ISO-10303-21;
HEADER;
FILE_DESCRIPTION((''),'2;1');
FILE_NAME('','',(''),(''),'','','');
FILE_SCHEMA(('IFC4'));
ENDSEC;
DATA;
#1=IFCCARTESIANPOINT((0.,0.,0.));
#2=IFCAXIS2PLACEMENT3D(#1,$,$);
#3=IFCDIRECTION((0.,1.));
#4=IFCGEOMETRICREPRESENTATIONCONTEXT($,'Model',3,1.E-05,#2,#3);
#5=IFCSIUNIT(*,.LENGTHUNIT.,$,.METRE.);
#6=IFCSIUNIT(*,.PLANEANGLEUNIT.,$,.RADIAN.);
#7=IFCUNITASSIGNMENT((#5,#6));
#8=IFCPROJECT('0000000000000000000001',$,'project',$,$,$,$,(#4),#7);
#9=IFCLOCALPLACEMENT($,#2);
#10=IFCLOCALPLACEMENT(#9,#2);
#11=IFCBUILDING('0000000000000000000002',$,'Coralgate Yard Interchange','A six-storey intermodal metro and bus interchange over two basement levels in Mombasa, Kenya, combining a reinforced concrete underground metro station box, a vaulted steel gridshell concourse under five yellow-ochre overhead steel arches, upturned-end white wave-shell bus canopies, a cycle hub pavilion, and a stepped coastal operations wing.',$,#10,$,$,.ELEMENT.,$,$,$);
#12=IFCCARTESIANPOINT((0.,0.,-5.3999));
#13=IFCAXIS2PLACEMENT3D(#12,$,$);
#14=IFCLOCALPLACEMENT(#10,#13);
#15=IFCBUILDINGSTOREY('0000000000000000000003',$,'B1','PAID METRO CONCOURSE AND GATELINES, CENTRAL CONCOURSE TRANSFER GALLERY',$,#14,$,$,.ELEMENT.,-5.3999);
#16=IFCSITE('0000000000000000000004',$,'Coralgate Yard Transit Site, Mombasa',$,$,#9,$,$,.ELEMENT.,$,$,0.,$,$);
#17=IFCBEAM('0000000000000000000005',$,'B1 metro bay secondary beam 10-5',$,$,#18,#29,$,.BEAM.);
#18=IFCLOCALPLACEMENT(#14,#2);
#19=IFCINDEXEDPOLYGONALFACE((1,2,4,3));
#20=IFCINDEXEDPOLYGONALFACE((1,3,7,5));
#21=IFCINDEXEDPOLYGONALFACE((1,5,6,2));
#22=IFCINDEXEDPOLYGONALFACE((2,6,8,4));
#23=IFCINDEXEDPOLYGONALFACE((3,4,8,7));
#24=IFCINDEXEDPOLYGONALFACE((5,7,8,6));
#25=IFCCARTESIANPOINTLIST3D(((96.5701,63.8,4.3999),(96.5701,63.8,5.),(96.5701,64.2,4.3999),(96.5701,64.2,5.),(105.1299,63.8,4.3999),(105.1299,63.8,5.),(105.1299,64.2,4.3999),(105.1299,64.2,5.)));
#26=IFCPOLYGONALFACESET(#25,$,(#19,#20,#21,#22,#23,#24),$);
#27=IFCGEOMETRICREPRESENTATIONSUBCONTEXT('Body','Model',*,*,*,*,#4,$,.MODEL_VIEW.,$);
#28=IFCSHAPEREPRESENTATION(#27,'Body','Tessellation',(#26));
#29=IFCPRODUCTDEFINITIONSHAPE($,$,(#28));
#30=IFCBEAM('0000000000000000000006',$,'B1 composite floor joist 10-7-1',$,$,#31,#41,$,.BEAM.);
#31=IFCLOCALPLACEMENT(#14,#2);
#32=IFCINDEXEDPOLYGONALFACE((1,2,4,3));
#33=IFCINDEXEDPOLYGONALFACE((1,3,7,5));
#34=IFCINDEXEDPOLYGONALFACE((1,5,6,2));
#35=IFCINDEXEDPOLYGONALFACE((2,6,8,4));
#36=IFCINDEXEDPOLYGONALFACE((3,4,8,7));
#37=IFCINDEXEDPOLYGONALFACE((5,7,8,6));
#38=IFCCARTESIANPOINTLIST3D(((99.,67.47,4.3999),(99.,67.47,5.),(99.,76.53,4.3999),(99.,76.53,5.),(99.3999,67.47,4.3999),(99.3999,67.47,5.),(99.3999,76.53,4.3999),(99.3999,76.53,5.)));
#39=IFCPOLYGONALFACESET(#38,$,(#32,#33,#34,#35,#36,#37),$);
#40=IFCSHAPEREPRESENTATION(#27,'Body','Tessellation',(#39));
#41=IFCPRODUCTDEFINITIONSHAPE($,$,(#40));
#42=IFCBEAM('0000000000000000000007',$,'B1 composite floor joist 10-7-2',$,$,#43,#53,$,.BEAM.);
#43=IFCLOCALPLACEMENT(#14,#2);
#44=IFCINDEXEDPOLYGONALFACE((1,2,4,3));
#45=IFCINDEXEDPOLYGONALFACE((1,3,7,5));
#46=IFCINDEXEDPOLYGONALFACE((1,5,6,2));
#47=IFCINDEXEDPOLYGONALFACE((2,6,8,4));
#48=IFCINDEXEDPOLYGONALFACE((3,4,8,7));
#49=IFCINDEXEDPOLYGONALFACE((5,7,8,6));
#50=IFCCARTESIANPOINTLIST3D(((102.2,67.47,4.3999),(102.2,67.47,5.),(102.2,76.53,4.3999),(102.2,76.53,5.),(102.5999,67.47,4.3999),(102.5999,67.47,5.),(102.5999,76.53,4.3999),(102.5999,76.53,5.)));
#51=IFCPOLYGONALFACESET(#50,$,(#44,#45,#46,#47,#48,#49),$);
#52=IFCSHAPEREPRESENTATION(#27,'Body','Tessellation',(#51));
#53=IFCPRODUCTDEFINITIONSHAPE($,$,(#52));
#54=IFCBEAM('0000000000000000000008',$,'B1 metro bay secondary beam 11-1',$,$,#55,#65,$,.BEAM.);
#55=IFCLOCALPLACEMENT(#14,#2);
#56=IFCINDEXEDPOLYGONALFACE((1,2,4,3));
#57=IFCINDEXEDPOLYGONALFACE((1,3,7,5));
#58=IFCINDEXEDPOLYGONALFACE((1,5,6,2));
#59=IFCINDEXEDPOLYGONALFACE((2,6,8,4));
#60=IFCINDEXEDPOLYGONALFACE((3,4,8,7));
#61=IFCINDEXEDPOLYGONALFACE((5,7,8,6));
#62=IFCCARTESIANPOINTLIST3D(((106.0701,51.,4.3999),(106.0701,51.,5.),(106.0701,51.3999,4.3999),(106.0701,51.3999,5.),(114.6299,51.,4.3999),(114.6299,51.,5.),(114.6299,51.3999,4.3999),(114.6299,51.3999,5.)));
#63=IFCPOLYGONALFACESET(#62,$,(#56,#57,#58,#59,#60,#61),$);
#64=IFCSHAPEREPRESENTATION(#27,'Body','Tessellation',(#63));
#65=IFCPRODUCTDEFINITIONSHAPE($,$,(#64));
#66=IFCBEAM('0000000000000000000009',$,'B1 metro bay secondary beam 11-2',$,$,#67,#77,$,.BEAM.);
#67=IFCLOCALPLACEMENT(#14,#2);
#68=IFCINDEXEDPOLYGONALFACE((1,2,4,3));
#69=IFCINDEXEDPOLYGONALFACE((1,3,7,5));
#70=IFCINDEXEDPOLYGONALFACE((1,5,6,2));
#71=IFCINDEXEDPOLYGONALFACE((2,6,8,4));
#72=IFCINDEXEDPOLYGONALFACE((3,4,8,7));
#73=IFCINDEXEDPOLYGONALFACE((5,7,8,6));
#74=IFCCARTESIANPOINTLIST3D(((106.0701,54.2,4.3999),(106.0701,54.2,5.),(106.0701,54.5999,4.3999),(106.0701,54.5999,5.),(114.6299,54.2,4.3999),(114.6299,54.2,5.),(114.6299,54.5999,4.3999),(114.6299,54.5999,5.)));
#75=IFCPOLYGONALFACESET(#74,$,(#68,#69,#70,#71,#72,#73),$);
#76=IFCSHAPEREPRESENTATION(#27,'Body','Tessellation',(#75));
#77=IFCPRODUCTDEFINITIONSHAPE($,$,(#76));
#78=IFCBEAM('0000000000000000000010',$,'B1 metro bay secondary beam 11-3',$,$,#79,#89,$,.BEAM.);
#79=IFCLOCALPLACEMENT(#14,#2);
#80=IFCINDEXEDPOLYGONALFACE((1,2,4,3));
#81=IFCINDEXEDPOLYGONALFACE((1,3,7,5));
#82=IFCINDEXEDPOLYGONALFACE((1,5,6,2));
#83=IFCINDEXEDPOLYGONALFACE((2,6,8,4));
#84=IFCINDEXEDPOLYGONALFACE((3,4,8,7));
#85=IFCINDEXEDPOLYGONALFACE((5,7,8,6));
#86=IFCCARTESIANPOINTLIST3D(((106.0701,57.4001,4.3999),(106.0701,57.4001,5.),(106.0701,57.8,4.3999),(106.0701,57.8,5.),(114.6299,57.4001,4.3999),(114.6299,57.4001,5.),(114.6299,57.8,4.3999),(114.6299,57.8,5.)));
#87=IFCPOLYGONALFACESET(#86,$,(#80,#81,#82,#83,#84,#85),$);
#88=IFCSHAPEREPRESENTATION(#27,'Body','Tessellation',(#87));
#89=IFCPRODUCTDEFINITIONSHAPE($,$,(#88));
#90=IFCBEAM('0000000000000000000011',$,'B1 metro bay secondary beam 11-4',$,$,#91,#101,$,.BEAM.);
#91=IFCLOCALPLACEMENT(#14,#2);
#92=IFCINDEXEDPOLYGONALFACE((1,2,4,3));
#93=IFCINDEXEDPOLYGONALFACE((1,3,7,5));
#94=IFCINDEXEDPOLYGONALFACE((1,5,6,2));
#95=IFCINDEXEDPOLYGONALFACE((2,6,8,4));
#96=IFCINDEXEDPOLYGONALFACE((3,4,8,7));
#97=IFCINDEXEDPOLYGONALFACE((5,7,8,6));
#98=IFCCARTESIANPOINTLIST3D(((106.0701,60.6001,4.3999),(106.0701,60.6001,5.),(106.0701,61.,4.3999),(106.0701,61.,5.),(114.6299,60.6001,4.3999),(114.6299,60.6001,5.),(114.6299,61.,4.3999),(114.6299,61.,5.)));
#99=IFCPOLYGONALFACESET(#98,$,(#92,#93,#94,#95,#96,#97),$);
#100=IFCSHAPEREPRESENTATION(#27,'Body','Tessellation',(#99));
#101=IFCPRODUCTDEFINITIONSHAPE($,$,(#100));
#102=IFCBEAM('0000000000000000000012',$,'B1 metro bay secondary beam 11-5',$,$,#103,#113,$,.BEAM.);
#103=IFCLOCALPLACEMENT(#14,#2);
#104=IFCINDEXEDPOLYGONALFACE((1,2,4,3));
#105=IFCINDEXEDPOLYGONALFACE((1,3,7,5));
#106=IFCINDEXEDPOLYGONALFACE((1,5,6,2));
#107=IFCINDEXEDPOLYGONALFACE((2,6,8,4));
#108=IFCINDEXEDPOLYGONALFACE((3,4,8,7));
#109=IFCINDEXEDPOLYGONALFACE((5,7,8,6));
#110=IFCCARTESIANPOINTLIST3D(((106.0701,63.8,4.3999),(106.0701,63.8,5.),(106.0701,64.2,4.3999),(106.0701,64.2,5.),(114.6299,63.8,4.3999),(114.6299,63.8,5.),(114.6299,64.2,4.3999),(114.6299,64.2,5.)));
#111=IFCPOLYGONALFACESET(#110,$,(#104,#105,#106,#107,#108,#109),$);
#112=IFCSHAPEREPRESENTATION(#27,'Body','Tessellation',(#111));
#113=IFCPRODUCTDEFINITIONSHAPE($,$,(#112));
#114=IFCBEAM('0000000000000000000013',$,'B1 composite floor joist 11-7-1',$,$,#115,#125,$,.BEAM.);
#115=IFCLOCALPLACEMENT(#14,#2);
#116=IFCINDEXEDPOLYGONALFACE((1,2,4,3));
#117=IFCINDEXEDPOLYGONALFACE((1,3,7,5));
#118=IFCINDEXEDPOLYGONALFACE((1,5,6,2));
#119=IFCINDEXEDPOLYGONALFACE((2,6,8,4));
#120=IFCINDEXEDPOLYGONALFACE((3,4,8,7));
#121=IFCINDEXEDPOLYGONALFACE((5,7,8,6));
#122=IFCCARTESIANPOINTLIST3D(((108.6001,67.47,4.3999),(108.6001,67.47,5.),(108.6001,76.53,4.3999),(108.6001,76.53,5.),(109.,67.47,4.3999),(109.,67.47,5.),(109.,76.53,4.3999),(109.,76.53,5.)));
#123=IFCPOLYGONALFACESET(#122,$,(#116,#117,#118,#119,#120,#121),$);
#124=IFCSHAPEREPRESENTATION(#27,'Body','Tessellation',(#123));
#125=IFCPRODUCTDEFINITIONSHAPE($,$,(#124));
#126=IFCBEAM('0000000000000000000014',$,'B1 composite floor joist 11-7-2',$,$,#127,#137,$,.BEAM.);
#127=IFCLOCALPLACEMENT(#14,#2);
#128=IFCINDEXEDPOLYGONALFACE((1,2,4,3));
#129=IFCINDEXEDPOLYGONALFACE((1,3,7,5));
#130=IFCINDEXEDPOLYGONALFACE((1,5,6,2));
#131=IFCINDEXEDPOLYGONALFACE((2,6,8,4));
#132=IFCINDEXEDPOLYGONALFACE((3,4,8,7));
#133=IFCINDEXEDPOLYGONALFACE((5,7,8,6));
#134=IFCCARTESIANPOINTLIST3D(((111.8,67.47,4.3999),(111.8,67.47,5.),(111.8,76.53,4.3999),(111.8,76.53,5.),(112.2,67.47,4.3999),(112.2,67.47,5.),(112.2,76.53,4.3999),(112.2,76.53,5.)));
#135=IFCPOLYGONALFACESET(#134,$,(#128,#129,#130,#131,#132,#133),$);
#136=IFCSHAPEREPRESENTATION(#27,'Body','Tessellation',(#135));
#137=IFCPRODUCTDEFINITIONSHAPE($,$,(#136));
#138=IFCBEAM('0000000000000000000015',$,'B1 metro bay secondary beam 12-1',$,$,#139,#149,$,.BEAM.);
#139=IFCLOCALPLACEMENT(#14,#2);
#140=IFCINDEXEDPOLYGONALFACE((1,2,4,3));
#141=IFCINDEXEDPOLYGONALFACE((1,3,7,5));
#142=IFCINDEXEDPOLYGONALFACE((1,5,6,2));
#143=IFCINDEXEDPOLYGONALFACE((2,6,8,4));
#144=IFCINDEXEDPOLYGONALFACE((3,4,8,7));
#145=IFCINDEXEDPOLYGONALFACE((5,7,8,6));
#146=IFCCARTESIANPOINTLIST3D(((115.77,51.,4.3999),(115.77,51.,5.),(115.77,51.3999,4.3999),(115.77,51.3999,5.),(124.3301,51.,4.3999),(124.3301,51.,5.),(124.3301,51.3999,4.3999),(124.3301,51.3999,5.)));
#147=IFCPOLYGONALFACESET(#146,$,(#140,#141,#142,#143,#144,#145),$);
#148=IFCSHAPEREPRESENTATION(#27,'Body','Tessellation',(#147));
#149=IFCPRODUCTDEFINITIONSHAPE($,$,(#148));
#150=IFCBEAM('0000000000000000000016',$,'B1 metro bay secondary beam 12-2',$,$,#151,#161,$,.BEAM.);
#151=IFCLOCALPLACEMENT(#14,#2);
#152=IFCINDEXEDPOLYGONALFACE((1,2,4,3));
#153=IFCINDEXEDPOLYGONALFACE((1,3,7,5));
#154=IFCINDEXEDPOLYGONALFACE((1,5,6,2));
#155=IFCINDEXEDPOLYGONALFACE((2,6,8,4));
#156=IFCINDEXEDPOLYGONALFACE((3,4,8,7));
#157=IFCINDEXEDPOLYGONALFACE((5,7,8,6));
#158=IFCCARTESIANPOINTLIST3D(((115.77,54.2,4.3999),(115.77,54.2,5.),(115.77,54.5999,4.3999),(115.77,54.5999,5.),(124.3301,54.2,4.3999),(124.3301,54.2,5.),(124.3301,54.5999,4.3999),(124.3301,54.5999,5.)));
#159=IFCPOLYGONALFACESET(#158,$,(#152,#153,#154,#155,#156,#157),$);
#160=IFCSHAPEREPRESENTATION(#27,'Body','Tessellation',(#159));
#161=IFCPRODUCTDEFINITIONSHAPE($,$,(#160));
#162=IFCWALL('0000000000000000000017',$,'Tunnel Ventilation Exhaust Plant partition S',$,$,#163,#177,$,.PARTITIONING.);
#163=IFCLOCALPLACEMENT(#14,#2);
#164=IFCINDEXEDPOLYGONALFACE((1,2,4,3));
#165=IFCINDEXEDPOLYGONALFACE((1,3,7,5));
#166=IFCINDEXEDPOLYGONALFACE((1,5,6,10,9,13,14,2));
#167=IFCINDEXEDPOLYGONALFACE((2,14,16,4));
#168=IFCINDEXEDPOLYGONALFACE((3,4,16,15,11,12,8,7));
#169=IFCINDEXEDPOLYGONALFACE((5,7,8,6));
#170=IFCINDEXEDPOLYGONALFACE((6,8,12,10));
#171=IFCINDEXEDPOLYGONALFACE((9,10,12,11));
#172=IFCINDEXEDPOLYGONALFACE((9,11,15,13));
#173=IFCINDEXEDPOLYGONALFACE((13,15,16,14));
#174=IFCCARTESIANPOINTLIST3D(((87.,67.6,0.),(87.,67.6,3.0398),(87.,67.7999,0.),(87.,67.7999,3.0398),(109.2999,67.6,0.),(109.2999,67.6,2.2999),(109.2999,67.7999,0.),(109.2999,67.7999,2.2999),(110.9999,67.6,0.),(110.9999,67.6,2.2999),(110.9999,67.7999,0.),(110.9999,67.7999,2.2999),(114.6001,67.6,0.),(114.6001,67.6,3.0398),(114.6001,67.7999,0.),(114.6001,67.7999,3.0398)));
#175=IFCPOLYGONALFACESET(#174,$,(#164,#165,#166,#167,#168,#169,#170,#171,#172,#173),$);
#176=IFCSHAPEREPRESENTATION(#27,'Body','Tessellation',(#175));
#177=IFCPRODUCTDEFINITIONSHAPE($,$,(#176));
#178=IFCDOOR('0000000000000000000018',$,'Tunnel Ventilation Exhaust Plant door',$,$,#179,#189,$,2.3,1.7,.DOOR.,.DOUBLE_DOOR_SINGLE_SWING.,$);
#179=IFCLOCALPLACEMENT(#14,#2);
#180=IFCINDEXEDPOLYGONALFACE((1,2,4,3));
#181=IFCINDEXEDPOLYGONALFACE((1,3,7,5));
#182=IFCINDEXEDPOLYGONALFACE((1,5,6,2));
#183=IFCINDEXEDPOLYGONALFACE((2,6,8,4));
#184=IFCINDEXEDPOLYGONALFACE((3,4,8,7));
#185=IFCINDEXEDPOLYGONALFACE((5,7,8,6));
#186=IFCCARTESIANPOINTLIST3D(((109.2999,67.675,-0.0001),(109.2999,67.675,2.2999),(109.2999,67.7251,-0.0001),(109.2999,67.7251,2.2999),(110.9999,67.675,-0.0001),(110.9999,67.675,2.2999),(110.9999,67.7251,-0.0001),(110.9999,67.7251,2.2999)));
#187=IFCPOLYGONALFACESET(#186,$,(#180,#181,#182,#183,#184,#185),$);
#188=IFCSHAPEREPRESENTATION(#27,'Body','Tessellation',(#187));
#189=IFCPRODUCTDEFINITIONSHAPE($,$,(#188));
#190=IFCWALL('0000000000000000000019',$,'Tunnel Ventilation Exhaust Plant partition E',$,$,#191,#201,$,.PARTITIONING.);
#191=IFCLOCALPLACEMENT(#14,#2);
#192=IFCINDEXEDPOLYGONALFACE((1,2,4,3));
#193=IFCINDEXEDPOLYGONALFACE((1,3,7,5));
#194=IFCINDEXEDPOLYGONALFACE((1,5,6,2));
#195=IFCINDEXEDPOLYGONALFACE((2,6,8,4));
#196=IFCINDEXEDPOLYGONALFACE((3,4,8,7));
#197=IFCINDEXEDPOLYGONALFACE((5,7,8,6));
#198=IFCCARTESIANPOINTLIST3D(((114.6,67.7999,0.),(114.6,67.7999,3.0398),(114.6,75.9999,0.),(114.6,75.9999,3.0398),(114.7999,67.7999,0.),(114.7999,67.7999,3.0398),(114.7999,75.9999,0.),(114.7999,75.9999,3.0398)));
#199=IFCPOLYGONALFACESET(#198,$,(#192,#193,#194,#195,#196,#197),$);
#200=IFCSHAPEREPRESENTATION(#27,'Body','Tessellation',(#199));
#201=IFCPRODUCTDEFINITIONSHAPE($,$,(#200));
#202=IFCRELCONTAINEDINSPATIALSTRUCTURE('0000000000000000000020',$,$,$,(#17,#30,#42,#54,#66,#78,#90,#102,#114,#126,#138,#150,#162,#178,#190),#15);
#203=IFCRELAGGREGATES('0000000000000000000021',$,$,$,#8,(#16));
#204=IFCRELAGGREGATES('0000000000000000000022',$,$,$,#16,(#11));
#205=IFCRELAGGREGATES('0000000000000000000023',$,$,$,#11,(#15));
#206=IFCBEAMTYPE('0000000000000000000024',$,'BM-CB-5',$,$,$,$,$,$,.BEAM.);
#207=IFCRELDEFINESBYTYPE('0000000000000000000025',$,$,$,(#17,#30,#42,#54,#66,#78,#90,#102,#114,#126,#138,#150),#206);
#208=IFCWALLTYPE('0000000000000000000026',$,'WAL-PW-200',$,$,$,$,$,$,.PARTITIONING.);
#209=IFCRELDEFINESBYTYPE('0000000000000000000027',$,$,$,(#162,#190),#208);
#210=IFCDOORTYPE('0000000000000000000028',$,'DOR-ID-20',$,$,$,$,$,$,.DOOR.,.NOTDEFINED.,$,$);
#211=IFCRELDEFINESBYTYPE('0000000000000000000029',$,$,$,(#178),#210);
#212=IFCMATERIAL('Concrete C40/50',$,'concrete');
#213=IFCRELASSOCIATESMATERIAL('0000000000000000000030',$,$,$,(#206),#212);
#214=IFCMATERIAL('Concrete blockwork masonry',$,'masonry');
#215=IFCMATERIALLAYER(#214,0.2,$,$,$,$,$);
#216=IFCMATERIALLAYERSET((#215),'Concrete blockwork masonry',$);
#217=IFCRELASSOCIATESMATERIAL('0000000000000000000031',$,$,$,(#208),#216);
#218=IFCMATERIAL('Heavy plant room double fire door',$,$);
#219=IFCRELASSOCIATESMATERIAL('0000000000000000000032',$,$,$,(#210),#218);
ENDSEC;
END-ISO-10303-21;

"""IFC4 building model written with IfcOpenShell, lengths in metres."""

from ifc_helpers import new_model, si_unit, direction, frame, frame_2d, origin, origin_2d, place, context, subcontext, project, spatial, rectangle, extrude, material, layer, layer_set, material_profile, profile_set, type_object, element, fill, save


model = new_model("IFC4")

# Units and contexts
model_context = context("Model", 3, precision=1e-05, world=origin(), true_north=direction((0.0, 1.0)))
body_context = subcontext(model_context, "Body", "Model", "MODEL_VIEW")
ifc_project = project(units=[si_unit("LENGTHUNIT", "METRE"), si_unit("PLANEANGLEUNIT", "RADIAN")], contexts=[model_context])

# Site, building, storey
site_placement = place(None, origin())
site = spatial("IfcSite", under=ifc_project, at=site_placement, Name="Coralgate Yard Transit Site, Mombasa", CompositionType="ELEMENT", RefElevation=0.0)
building_placement = place(site_placement, origin())
building = spatial("IfcBuilding", under=site, at=building_placement, Name="Coralgate Yard Interchange", Description="A six-storey intermodal metro and bus interchange over two basement levels in Mombasa, Kenya, combining a reinforced concrete underground metro station box, a vaulted steel gridshell concourse under five yellow-ochre overhead steel arches, upturned-end white wave-shell bus canopies, a cycle hub pavilion, and a stepped coastal operations wing.", CompositionType="ELEMENT")
storey_placement = place(building_placement, frame((0.0, 0.0, -5.3999)))
storey = spatial("IfcBuildingStorey", under=building, at=storey_placement, Name="B1", Description="PAID METRO CONCOURSE AND GATELINES, CENTRAL CONCOURSE TRANSFER GALLERY", CompositionType="ELEMENT", Elevation=-5.3999)

# Shared definitions
ifc_material_1 = material(Name="Concrete C40/50", Category="concrete")

# Beams
ifc_material_profile_1 = material_profile(ifc_material_1, rectangle(XDim=0.3999, YDim=0.6001, at=origin_2d()), Name="RC 400x600")
ifc_profile_set_1 = profile_set([ifc_material_profile_1], Name="Concrete C40/50")
beam_type_1 = type_object("IfcBeamType", Name="BM-CB-5", PredefinedType="BEAM", material=ifc_profile_set_1)
for number, where, z_axis, x_axis, name in (
    (1, (96.5701, 64.0, 4.7), (1.0, 0.0, 0.0), (0.0, 1.0, 0.0), "B1 metro bay secondary beam 10-5"),
):
    element("IfcBeam", number, at=place(storey_placement, frame(where, z_axis=z_axis, x_axis=x_axis)), inside=storey, type_object=beam_type_1, Name=name, PredefinedType="BEAM", context=body_context, shape_type="SweptSolid", body=[
        extrude(rectangle(XDim=0.3999, YDim=0.6001, at=origin_2d()), origin(), (0.0, 0.0, 1.0), 8.5598),
    ])
for number, where, z_axis, x_axis, name in (
    (2, (99.2, 67.47, 4.7), (0.0, 1.0, 0.0), (-1.0, 0.0, 0.0), "B1 composite floor joist 10-7-1"),
    (3, (102.3999, 67.47, 4.7), (0.0, 1.0, 0.0), (-1.0, 0.0, 0.0), "B1 composite floor joist 10-7-2"),
):
    element("IfcBeam", number, at=place(storey_placement, frame(where, z_axis=z_axis, x_axis=x_axis)), inside=storey, type_object=beam_type_1, Name=name, PredefinedType="BEAM", context=body_context, shape_type="SweptSolid", body=[
        extrude(rectangle(XDim=0.3999, YDim=0.6001, at=origin_2d()), origin(), (0.0, 0.0, 1.0), 9.0601),
    ])
for number, where, z_axis, x_axis, name in (
    (4, (106.0701, 51.2, 4.7), (1.0, 0.0, 0.0), (0.0, 1.0, 0.0), "B1 metro bay secondary beam 11-1"),
    (5, (106.0701, 54.3999, 4.7), (1.0, 0.0, 0.0), (0.0, 1.0, 0.0), "B1 metro bay secondary beam 11-2"),
    (6, (106.0701, 57.6001, 4.7), (1.0, 0.0, 0.0), (0.0, 1.0, 0.0), "B1 metro bay secondary beam 11-3"),
    (7, (106.0701, 60.8, 4.7), (1.0, 0.0, 0.0), (0.0, 1.0, 0.0), "B1 metro bay secondary beam 11-4"),
    (8, (106.0701, 64.0, 4.7), (1.0, 0.0, 0.0), (0.0, 1.0, 0.0), "B1 metro bay secondary beam 11-5"),
):
    element("IfcBeam", number, at=place(storey_placement, frame(where, z_axis=z_axis, x_axis=x_axis)), inside=storey, type_object=beam_type_1, Name=name, PredefinedType="BEAM", context=body_context, shape_type="SweptSolid", body=[
        extrude(rectangle(XDim=0.3999, YDim=0.6001, at=origin_2d()), origin(), (0.0, 0.0, 1.0), 8.5598),
    ])
for number, where, z_axis, x_axis, name in (
    (9, (108.8, 67.47, 4.7), (0.0, 1.0, 0.0), (-1.0, 0.0, 0.0), "B1 composite floor joist 11-7-1"),
    (10, (112.0, 67.47, 4.7), (0.0, 1.0, 0.0), (-1.0, 0.0, 0.0), "B1 composite floor joist 11-7-2"),
):
    element("IfcBeam", number, at=place(storey_placement, frame(where, z_axis=z_axis, x_axis=x_axis)), inside=storey, type_object=beam_type_1, Name=name, PredefinedType="BEAM", context=body_context, shape_type="SweptSolid", body=[
        extrude(rectangle(XDim=0.3999, YDim=0.6001, at=origin_2d()), origin(), (0.0, 0.0, 1.0), 9.0601),
    ])
for number, where, z_axis, x_axis, name in (
    (11, (115.77, 51.2, 4.7), (1.0, 0.0, 0.0), (0.0, 1.0, 0.0), "B1 metro bay secondary beam 12-1"),
    (12, (115.77, 54.3999, 4.7), (1.0, 0.0, 0.0), (0.0, 1.0, 0.0), "B1 metro bay secondary beam 12-2"),
):
    element("IfcBeam", number, at=place(storey_placement, frame(where, z_axis=z_axis, x_axis=x_axis)), inside=storey, type_object=beam_type_1, Name=name, PredefinedType="BEAM", context=body_context, shape_type="SweptSolid", body=[
        extrude(rectangle(XDim=0.3999, YDim=0.6001, at=origin_2d()), origin(), (0.0, 0.0, 1.0), 8.5601),
    ])

# Wall, opening, door
ifc_material_2 = material(Name="Concrete blockwork masonry", Category="masonry")
ifc_layer = layer(ifc_material_2, 0.2)
ifc_layer_set = layer_set([ifc_layer], Name="Concrete blockwork masonry")
wall_type = type_object("IfcWallType", Name="WAL-PW-200", PredefinedType="PARTITIONING", material=ifc_layer_set)
wall_1_placement = place(storey_placement, frame((114.6001, 67.7, 0.0), z_axis=(0.0, 0.0, 1.0), x_axis=(-1.0, 0.0, 0.0)))
wall_1 = element("IfcWall", 13, at=wall_1_placement, inside=storey, type_object=wall_type, Name="Tunnel Ventilation Exhaust Plant partition S", PredefinedType="PARTITIONING", context=body_context, shape_type="SweptSolid", body=[
    extrude(rectangle(XDim=27.6001, YDim=0.2, at=frame_2d((13.8, 0.0))), origin(), (0.0, 0.0, 1.0), 3.0398),
])
opening_placement = place(wall_1_placement, frame((3.6001, 0.0, 0.0)))
opening = element("IfcOpeningElement", 14, at=opening_placement, cuts=wall_1, PredefinedType="OPENING", context=body_context, shape_type="SweptSolid", body=[
    extrude(rectangle(XDim=1.7, YDim=2.3, at=frame_2d((0.8501, 1.1499))), frame((0.0, 0.1099, 0.0), z_axis=(0.0, -1.0, 0.0), x_axis=(1.0, 0.0, 0.0)), (0.0, 0.0, 1.0), 0.22),
])
ifc_material_3 = material(Name="Heavy plant room double fire door")
door_type = type_object("IfcDoorType", Name="DOR-ID-20", OperationType="NOTDEFINED", PredefinedType="DOOR", material=ifc_material_3)
door_placement = place(opening_placement, origin())
door = element("IfcDoor", 15, at=door_placement, inside=storey, type_object=door_type, Name="Tunnel Ventilation Exhaust Plant door", OperationType="DOUBLE_DOOR_SINGLE_SWING", OverallHeight=2.3, OverallWidth=1.7, PredefinedType="DOOR", context=body_context, shape_type="SweptSolid", body=[
    extrude(rectangle(XDim=1.7, YDim=2.3, at=frame_2d((0.8501, 1.1499))), frame((0.0, 0.0249, 0.0), z_axis=(0.0, -1.0, 0.0), x_axis=(1.0, 0.0, 0.0)), (0.0, 0.0, 1.0), 0.05),
])
fill(opening, door)

# Wall
wall_2_placement = place(storey_placement, frame((114.7, 76.0, 0.0), z_axis=(0.0, 0.0, 1.0), x_axis=(0.0, -1.0, 0.0)))
element("IfcWall", 16, at=wall_2_placement, inside=storey, type_object=wall_type, Name="Tunnel Ventilation Exhaust Plant partition E", PredefinedType="PARTITIONING", context=body_context, shape_type="SweptSolid", body=[
    extrude(rectangle(XDim=8.2, YDim=0.2, at=frame_2d((4.1001, 0.0))), origin(), (0.0, 0.0, 1.0), 3.0398),
])

save(model, "model.ifc")
